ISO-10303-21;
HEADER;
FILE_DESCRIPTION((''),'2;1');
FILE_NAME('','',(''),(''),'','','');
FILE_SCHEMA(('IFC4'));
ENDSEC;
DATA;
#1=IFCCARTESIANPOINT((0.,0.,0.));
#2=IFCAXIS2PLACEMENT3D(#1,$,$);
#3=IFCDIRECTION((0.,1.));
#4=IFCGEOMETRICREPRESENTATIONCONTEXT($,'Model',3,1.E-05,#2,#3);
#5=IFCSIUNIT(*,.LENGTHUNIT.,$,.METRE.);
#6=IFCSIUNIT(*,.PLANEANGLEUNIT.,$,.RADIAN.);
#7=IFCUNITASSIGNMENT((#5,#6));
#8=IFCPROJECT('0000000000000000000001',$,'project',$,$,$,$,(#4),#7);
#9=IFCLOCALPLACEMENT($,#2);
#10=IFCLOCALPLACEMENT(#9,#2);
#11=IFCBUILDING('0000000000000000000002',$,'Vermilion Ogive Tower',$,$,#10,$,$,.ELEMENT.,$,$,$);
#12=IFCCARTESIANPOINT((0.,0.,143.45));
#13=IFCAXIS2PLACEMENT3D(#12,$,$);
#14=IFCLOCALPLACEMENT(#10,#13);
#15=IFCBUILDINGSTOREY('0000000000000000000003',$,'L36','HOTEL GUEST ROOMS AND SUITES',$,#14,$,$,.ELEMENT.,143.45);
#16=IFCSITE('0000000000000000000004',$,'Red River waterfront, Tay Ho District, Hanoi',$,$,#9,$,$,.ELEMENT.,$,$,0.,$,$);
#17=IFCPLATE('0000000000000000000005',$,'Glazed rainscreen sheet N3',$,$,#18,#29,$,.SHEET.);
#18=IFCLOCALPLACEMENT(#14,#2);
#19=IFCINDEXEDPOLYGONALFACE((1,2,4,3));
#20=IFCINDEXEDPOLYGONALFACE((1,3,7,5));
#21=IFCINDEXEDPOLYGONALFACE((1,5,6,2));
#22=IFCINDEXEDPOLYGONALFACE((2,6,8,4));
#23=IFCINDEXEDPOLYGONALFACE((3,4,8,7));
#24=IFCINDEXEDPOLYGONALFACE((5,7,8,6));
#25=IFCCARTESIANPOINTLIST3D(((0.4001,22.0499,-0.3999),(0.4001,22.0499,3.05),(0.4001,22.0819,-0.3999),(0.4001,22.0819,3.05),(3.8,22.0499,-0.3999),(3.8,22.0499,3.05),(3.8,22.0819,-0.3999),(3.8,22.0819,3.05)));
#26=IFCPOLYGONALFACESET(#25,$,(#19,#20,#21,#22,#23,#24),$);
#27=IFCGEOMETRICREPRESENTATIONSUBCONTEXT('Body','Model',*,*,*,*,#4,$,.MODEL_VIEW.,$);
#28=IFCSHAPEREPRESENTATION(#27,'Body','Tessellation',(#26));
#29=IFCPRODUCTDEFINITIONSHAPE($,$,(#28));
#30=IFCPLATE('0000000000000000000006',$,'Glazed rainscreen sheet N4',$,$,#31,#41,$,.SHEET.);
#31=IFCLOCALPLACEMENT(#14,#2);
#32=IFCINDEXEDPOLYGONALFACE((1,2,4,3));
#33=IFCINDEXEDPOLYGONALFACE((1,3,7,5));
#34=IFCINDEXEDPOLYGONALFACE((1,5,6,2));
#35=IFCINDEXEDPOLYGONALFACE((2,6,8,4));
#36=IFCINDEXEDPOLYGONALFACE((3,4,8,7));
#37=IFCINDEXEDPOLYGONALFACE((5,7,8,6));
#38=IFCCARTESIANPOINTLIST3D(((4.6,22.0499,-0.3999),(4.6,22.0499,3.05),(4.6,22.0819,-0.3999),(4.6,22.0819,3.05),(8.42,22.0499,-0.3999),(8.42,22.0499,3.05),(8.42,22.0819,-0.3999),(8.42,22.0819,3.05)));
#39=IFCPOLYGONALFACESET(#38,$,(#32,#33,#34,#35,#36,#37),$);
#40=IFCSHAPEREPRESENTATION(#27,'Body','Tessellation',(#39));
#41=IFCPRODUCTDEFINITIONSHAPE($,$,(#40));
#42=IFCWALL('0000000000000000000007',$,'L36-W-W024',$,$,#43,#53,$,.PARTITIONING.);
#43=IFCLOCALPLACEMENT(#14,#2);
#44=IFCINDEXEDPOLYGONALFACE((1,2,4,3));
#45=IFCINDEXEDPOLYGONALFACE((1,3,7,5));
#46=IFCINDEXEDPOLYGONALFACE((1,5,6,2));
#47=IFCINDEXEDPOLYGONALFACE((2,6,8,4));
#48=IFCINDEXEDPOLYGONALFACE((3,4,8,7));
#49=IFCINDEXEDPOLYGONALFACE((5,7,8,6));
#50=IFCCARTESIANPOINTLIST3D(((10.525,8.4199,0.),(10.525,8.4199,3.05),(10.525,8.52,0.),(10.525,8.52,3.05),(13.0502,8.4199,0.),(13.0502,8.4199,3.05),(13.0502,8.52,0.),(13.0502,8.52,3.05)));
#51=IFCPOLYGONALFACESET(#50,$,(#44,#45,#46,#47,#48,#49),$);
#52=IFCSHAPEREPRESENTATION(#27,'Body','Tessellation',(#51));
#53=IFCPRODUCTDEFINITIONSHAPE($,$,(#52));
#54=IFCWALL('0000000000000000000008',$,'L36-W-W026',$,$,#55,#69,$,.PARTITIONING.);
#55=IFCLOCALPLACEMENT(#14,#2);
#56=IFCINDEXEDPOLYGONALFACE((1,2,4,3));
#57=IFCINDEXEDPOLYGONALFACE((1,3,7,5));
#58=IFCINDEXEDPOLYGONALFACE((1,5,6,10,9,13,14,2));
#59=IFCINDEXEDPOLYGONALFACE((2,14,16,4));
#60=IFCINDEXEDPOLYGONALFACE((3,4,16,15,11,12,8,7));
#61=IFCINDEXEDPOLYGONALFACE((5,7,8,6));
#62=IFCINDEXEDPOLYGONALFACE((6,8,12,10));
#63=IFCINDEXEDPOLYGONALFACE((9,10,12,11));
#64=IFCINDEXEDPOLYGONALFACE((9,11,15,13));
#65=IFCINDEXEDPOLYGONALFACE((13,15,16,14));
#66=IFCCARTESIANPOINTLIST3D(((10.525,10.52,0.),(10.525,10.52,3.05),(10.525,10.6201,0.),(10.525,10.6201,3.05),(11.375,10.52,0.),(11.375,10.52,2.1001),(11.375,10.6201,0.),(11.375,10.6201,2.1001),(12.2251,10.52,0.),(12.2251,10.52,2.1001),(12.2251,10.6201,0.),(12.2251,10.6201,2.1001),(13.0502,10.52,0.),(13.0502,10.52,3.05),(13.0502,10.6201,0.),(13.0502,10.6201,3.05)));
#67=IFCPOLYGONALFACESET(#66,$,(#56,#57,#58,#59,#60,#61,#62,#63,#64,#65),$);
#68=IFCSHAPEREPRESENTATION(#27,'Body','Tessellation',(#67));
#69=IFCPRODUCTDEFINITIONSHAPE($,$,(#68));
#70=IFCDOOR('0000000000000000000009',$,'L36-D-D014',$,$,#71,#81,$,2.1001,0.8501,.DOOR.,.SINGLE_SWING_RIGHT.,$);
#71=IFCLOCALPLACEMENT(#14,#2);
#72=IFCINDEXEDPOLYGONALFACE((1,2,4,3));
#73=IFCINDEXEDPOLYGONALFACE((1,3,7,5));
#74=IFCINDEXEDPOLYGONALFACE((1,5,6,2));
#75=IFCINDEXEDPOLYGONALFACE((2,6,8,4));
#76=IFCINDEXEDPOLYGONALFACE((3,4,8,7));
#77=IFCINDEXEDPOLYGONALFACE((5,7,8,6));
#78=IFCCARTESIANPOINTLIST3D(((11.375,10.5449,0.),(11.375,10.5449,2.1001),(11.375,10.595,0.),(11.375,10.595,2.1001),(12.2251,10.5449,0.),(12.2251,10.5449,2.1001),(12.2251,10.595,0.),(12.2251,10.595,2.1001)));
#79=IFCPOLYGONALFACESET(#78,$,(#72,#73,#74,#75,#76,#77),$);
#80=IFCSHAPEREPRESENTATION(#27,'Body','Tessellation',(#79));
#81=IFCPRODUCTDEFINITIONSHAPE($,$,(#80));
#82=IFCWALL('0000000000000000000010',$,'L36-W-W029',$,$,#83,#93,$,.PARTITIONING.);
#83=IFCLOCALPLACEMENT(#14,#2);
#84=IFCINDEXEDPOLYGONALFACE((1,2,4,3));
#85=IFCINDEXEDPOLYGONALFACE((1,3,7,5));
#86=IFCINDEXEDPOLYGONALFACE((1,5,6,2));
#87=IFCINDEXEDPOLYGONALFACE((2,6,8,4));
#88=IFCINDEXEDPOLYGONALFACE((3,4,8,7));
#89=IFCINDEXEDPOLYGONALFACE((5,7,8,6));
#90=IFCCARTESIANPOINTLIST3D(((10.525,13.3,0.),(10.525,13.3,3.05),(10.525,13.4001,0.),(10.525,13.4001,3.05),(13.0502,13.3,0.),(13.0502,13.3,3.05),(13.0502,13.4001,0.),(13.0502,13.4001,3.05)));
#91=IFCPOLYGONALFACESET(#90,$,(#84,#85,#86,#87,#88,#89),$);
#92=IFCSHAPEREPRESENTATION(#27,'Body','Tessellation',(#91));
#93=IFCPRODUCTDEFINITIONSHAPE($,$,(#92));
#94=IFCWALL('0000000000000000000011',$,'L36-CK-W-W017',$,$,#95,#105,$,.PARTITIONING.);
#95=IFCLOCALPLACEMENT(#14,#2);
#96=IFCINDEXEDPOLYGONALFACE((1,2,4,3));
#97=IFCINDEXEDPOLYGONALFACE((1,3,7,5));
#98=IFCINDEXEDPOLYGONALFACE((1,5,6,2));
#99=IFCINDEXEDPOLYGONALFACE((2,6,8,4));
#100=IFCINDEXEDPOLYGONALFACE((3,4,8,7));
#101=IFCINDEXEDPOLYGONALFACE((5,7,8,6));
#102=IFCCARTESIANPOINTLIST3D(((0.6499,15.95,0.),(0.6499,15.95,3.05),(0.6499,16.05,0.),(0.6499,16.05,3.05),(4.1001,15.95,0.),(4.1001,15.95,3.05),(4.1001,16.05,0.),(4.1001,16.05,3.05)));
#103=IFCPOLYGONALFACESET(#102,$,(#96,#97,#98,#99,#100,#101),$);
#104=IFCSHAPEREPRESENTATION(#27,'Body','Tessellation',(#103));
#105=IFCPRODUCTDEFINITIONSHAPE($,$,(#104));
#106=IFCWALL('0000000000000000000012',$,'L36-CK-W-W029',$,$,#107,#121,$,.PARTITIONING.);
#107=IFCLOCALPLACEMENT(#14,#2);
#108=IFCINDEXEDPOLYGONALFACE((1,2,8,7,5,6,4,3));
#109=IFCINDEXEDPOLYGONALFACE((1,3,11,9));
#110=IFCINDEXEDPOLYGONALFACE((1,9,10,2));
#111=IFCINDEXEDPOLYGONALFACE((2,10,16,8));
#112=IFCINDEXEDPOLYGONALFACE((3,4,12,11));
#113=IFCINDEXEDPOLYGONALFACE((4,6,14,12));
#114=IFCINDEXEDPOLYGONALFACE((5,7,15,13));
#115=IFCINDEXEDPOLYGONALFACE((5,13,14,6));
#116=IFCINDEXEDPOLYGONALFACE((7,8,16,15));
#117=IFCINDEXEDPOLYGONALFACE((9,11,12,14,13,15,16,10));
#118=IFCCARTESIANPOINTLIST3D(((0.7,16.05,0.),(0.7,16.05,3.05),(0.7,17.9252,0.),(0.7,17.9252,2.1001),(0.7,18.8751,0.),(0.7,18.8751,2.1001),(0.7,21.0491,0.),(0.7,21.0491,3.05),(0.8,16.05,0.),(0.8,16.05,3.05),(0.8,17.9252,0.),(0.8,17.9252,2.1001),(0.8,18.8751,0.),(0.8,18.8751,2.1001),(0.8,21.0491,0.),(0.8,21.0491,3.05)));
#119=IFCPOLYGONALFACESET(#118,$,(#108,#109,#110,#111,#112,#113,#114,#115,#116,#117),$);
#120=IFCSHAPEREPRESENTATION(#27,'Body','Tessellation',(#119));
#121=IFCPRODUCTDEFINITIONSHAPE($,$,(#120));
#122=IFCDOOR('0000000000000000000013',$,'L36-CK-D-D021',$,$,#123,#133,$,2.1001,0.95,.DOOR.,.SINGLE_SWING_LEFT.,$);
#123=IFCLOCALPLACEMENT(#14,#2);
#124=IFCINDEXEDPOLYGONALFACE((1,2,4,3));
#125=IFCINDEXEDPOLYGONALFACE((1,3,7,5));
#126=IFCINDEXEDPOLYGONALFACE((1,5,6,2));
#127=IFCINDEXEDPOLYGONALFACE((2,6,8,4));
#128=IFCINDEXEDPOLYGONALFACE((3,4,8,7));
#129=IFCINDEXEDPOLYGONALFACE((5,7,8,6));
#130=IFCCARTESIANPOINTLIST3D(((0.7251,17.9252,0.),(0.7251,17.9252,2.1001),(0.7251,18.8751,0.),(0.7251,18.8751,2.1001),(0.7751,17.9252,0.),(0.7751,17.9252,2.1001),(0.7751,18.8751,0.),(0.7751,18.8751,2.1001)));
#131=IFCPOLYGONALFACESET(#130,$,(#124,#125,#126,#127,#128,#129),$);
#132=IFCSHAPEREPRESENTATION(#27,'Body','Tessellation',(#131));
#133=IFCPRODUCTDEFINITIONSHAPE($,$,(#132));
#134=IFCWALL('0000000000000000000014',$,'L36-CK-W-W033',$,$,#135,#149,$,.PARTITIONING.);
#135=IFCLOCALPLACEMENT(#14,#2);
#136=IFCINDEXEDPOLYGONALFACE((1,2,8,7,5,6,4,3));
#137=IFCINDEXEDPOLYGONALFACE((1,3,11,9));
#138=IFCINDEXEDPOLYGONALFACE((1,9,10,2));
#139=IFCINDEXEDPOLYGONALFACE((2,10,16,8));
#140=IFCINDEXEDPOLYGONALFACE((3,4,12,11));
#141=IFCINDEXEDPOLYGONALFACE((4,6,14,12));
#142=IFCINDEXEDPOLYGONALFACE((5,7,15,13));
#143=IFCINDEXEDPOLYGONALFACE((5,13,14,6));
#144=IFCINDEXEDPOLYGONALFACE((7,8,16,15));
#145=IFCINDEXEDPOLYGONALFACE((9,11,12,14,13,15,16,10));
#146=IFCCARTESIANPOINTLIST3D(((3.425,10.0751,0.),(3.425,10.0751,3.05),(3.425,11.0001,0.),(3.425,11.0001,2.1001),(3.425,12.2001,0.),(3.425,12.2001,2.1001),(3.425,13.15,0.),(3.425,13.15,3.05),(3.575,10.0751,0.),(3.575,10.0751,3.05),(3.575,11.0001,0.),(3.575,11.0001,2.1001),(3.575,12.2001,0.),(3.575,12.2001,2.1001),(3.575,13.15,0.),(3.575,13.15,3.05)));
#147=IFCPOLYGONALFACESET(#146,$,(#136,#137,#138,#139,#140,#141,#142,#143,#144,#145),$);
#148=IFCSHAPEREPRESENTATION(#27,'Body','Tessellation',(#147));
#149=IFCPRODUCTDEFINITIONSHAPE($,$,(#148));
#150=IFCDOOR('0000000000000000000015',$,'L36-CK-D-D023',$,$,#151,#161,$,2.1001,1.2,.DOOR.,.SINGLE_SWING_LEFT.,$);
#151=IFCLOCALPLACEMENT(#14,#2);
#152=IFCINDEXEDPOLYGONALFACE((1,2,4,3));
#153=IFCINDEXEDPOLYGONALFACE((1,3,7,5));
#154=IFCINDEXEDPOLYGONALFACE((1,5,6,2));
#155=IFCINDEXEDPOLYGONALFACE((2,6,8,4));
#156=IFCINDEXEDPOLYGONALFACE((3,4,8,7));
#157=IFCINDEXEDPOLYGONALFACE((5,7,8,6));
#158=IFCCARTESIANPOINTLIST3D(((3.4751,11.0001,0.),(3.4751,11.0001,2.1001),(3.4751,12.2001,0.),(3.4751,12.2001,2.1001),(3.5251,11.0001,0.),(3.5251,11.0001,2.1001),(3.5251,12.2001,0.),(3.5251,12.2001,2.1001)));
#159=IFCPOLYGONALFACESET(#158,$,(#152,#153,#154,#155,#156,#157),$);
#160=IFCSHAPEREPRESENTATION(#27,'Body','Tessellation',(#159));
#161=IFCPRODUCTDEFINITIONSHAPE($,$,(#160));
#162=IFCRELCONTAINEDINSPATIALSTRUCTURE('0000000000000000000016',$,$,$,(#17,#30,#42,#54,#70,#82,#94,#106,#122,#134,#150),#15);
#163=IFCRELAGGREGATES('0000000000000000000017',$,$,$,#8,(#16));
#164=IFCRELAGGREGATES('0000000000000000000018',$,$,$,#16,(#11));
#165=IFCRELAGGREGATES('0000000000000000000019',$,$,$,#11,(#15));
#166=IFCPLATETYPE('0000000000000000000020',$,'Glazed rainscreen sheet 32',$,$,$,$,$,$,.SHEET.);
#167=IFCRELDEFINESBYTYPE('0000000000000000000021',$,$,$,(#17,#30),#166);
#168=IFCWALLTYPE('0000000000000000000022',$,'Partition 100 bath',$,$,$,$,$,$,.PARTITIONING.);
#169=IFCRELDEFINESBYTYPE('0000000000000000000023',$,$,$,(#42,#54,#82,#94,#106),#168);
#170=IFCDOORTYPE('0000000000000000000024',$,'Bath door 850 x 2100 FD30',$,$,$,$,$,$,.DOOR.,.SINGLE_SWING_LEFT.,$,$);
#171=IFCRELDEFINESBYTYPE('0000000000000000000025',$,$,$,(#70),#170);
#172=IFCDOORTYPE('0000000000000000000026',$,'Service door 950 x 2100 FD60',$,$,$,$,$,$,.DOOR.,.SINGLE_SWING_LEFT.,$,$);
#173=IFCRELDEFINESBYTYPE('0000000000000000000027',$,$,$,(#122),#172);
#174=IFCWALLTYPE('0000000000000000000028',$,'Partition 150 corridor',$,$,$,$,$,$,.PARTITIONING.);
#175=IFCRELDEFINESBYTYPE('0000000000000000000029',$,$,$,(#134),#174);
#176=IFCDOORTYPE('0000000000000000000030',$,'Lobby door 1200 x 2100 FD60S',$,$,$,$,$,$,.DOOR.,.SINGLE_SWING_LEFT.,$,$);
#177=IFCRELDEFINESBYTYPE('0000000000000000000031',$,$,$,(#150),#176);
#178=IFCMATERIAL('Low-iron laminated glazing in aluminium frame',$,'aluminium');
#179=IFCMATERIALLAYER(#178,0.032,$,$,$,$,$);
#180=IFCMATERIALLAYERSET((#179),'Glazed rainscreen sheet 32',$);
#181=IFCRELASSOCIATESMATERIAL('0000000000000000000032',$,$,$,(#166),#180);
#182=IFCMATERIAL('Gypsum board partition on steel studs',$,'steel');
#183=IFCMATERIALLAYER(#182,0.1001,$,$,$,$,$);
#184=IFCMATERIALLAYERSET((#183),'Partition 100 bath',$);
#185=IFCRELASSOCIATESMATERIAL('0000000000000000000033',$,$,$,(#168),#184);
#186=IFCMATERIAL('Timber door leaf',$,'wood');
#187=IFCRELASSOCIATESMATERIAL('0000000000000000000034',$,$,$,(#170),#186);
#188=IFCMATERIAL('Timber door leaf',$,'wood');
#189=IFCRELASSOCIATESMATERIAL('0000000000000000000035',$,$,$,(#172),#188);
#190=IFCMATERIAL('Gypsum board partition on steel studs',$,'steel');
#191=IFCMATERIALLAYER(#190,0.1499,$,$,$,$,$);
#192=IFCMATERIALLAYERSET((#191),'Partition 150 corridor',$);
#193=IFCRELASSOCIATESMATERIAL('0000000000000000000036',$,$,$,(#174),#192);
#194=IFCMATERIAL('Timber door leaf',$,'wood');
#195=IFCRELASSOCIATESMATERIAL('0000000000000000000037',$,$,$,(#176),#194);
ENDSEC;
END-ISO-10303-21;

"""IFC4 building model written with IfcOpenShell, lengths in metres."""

from ifc_helpers import new_model, si_unit, direction, frame, frame_2d, origin, origin_2d, place, context, subcontext, project, spatial, rectangle, extrude, material, layer, layer_set, type_object, element, fill, save


model = new_model("IFC4")

# Units and contexts
model_context = context("Model", 3, precision=1e-05, world=origin(), true_north=direction((0.0, 1.0)))
body_context = subcontext(model_context, "Body", "Model", "MODEL_VIEW")
ifc_project = project(units=[si_unit("LENGTHUNIT", "METRE"), si_unit("PLANEANGLEUNIT", "RADIAN")], contexts=[model_context])

# Site, building, storey
site_placement = place(None, origin())
site = spatial("IfcSite", under=ifc_project, at=site_placement, Name="Red River waterfront, Tay Ho District, Hanoi", CompositionType="ELEMENT", RefElevation=0.0)
building_placement = place(site_placement, origin())
building = spatial("IfcBuilding", under=site, at=building_placement, Name="Vermilion Ogive Tower", CompositionType="ELEMENT")
storey_placement = place(building_placement, frame((0.0, 0.0, 143.45)))
storey = spatial("IfcBuildingStorey", under=building, at=storey_placement, Name="L36", Description="HOTEL GUEST ROOMS AND SUITES", CompositionType="ELEMENT", Elevation=143.45)

# Plates
ifc_material_1 = material(Name="Low-iron laminated glazing in aluminium frame", Category="aluminium")
ifc_layer_1 = layer(ifc_material_1, 0.032)
ifc_layer_set_1 = layer_set([ifc_layer_1], Name="Glazed rainscreen sheet 32")
plate_type = type_object("IfcPlateType", Name="Glazed rainscreen sheet 32", PredefinedType="SHEET", material=ifc_layer_set_1)
plate_1_placement = place(storey_placement, frame((2.1001, 22.0659, -0.3999), z_axis=(0.0, 0.0, 1.0), x_axis=(1.0, 0.0, 0.0)))
element("IfcPlate", 1, at=plate_1_placement, inside=storey, type_object=plate_type, Name="Glazed rainscreen sheet N3", PredefinedType="SHEET", context=body_context, shape_type="SweptSolid", body=[
    extrude(rectangle(XDim=3.3999, YDim=0.032, at=origin_2d()), origin(), (0.0, 0.0, 1.0), 3.45),
])
plate_2_placement = place(storey_placement, frame((6.51, 22.0659, -0.3999), z_axis=(0.0, 0.0, 1.0), x_axis=(1.0, 0.0, 0.0)))
element("IfcPlate", 2, at=plate_2_placement, inside=storey, type_object=plate_type, Name="Glazed rainscreen sheet N4", PredefinedType="SHEET", context=body_context, shape_type="SweptSolid", body=[
    extrude(rectangle(XDim=3.8201, YDim=0.032, at=origin_2d()), origin(), (0.0, 0.0, 1.0), 3.45),
])

# Wall
ifc_material_2 = material(Name="Gypsum board partition on steel studs", Category="steel")
ifc_layer_2 = layer(ifc_material_2, 0.1001)
ifc_layer_set_2 = layer_set([ifc_layer_2], Name="Partition 100 bath")
wall_type_1 = type_object("IfcWallType", Name="Partition 100 bath", PredefinedType="PARTITIONING", material=ifc_layer_set_2)
wall_1_placement = place(storey_placement, frame((10.5249, 8.47, 0.0), z_axis=(0.0, 0.0, 1.0), x_axis=(1.0, 0.0, 0.0)))
element("IfcWall", 3, at=wall_1_placement, inside=storey, type_object=wall_type_1, Name="L36-W-W024", PredefinedType="PARTITIONING", context=body_context, shape_type="SweptSolid", body=[
    extrude(rectangle(XDim=2.5251, YDim=0.1001, at=frame_2d((1.2627, 0.0))), origin(), (0.0, 0.0, 1.0), 3.05),
])

# Wall, opening, door
wall_2_placement = place(storey_placement, frame((10.5249, 10.5701, 0.0), z_axis=(0.0, 0.0, 1.0), x_axis=(1.0, 0.0, 0.0)))
wall_2 = element("IfcWall", 4, at=wall_2_placement, inside=storey, type_object=wall_type_1, Name="L36-W-W026", PredefinedType="PARTITIONING", context=body_context, shape_type="SweptSolid", body=[
    extrude(rectangle(XDim=2.5251, YDim=0.1001, at=frame_2d((1.2627, 0.0))), origin(), (0.0, 0.0, 1.0), 3.05),
])
opening_1_placement = place(wall_2_placement, frame((0.8501, 0.0, 0.0)))
opening_1 = element("IfcOpeningElement", 5, at=opening_1_placement, cuts=wall_2, PredefinedType="OPENING", context=body_context, shape_type="SweptSolid", body=[
    extrude(rectangle(XDim=0.8501, YDim=2.1001, at=frame_2d((0.425, 1.05))), frame((0.0, 0.0601, 0.0), z_axis=(0.0, -1.0, 0.0), x_axis=(1.0, 0.0, 0.0)), (0.0, 0.0, 1.0), 0.1201),
])
ifc_material_3 = material(Name="Timber door leaf", Category="wood")
door_type_1 = type_object("IfcDoorType", Name="Bath door 850 x 2100 FD30", OperationType="SINGLE_SWING_LEFT", PredefinedType="DOOR", material=ifc_material_3)
door_1_placement = place(opening_1_placement, origin())
door_1 = element("IfcDoor", 6, at=door_1_placement, inside=storey, type_object=door_type_1, Name="L36-D-D014", OperationType="SINGLE_SWING_RIGHT", OverallHeight=2.1001, OverallWidth=0.8501, PredefinedType="DOOR", context=body_context, shape_type="SweptSolid", body=[
    extrude(rectangle(XDim=0.8501, YDim=2.1001, at=frame_2d((0.425, 1.05))), frame((0.0, 0.0249, 0.0), z_axis=(0.0, -1.0, 0.0), x_axis=(1.0, 0.0, 0.0)), (0.0, 0.0, 1.0), 0.05),
])
fill(opening_1, door_1)

# Walls
wall_3_placement = place(storey_placement, frame((10.5249, 13.3501, 0.0), z_axis=(0.0, 0.0, 1.0), x_axis=(1.0, 0.0, 0.0)))
element("IfcWall", 7, at=wall_3_placement, inside=storey, type_object=wall_type_1, Name="L36-W-W029", PredefinedType="PARTITIONING", context=body_context, shape_type="SweptSolid", body=[
    extrude(rectangle(XDim=2.5251, YDim=0.1001, at=frame_2d((1.2627, 0.0))), origin(), (0.0, 0.0, 1.0), 3.05),
])
wall_4_placement = place(storey_placement, frame((0.6499, 16.0, 0.0), z_axis=(0.0, 0.0, 1.0), x_axis=(1.0, 0.0, 0.0)))
element("IfcWall", 8, at=wall_4_placement, inside=storey, type_object=wall_type_1, Name="L36-CK-W-W017", PredefinedType="PARTITIONING", context=body_context, shape_type="SweptSolid", body=[
    extrude(rectangle(XDim=3.4502, YDim=0.1001, at=frame_2d((1.7251, 0.0))), origin(), (0.0, 0.0, 1.0), 3.05),
])

# Walls, openings, doors
wall_5_placement = place(storey_placement, frame((0.75, 16.05, 0.0), z_axis=(0.0, 0.0, 1.0), x_axis=(0.0, 1.0, 0.0)))
wall_5 = element("IfcWall", 9, at=wall_5_placement, inside=storey, type_object=wall_type_1, Name="L36-CK-W-W029", PredefinedType="PARTITIONING", context=body_context, shape_type="SweptSolid", body=[
    extrude(rectangle(XDim=4.999, YDim=0.1001, at=frame_2d((2.4995, 0.0))), origin(), (0.0, 0.0, 1.0), 3.05),
])
opening_2_placement = place(wall_5_placement, frame((1.875, 0.0, 0.0)))
opening_2 = element("IfcOpeningElement", 10, at=opening_2_placement, cuts=wall_5, PredefinedType="OPENING", context=body_context, shape_type="SweptSolid", body=[
    extrude(rectangle(XDim=0.95, YDim=2.1001, at=frame_2d((0.4751, 1.05))), frame((0.0, 0.0601, 0.0), z_axis=(0.0, -1.0, 0.0), x_axis=(1.0, 0.0, 0.0)), (0.0, 0.0, 1.0), 0.1201),
])
ifc_material_4 = material(Name="Timber door leaf", Category="wood")
door_type_2 = type_object("IfcDoorType", Name="Service door 950 x 2100 FD60", OperationType="SINGLE_SWING_LEFT", PredefinedType="DOOR", material=ifc_material_4)
door_2_placement = place(opening_2_placement, origin())
door_2 = element("IfcDoor", 11, at=door_2_placement, inside=storey, type_object=door_type_2, Name="L36-CK-D-D021", OperationType="SINGLE_SWING_LEFT", OverallHeight=2.1001, OverallWidth=0.95, PredefinedType="DOOR", context=body_context, shape_type="SweptSolid", body=[
    extrude(rectangle(XDim=0.95, YDim=2.1001, at=frame_2d((0.4751, 1.05))), frame((0.0, 0.0249, 0.0), z_axis=(0.0, -1.0, 0.0), x_axis=(1.0, 0.0, 0.0)), (0.0, 0.0, 1.0), 0.05),
])
fill(opening_2, door_2)
ifc_material_5 = material(Name="Gypsum board partition on steel studs", Category="steel")
ifc_layer_3 = layer(ifc_material_5, 0.1499)
ifc_layer_set_3 = layer_set([ifc_layer_3], Name="Partition 150 corridor")
wall_type_2 = type_object("IfcWallType", Name="Partition 150 corridor", PredefinedType="PARTITIONING", material=ifc_layer_set_3)
wall_6_placement = place(storey_placement, frame((3.5, 10.075, 0.0), z_axis=(0.0, 0.0, 1.0), x_axis=(0.0, 1.0, 0.0)))
wall_6 = element("IfcWall", 12, at=wall_6_placement, inside=storey, type_object=wall_type_2, Name="L36-CK-W-W033", PredefinedType="PARTITIONING", context=body_context, shape_type="SweptSolid", body=[
    extrude(rectangle(XDim=3.075, YDim=0.1499, at=frame_2d((1.5376, 0.0))), origin(), (0.0, 0.0, 1.0), 3.05),
])
opening_3_placement = place(wall_6_placement, frame((0.925, 0.0, 0.0)))
opening_3 = element("IfcOpeningElement", 13, at=opening_3_placement, cuts=wall_6, PredefinedType="OPENING", context=body_context, shape_type="SweptSolid", body=[
    extrude(rectangle(XDim=1.2, YDim=2.1001, at=frame_2d((0.6001, 1.05))), frame((0.0, 0.085, 0.0), z_axis=(0.0, -1.0, 0.0), x_axis=(1.0, 0.0, 0.0)), (0.0, 0.0, 1.0), 0.1699),
])
ifc_material_6 = material(Name="Timber door leaf", Category="wood")
door_type_3 = type_object("IfcDoorType", Name="Lobby door 1200 x 2100 FD60S", OperationType="SINGLE_SWING_LEFT", PredefinedType="DOOR", material=ifc_material_6)
door_3_placement = place(opening_3_placement, origin())
door_3 = element("IfcDoor", 14, at=door_3_placement, inside=storey, type_object=door_type_3, Name="L36-CK-D-D023", OperationType="SINGLE_SWING_LEFT", OverallHeight=2.1001, OverallWidth=1.2, PredefinedType="DOOR", context=body_context, shape_type="SweptSolid", body=[
    extrude(rectangle(XDim=1.2, YDim=2.1001, at=frame_2d((0.6001, 1.05))), frame((0.0, 0.0249, 0.0), z_axis=(0.0, -1.0, 0.0), x_axis=(1.0, 0.0, 0.0)), (0.0, 0.0, 1.0), 0.05),
])
fill(opening_3, door_3)

save(model, "model.ifc")
